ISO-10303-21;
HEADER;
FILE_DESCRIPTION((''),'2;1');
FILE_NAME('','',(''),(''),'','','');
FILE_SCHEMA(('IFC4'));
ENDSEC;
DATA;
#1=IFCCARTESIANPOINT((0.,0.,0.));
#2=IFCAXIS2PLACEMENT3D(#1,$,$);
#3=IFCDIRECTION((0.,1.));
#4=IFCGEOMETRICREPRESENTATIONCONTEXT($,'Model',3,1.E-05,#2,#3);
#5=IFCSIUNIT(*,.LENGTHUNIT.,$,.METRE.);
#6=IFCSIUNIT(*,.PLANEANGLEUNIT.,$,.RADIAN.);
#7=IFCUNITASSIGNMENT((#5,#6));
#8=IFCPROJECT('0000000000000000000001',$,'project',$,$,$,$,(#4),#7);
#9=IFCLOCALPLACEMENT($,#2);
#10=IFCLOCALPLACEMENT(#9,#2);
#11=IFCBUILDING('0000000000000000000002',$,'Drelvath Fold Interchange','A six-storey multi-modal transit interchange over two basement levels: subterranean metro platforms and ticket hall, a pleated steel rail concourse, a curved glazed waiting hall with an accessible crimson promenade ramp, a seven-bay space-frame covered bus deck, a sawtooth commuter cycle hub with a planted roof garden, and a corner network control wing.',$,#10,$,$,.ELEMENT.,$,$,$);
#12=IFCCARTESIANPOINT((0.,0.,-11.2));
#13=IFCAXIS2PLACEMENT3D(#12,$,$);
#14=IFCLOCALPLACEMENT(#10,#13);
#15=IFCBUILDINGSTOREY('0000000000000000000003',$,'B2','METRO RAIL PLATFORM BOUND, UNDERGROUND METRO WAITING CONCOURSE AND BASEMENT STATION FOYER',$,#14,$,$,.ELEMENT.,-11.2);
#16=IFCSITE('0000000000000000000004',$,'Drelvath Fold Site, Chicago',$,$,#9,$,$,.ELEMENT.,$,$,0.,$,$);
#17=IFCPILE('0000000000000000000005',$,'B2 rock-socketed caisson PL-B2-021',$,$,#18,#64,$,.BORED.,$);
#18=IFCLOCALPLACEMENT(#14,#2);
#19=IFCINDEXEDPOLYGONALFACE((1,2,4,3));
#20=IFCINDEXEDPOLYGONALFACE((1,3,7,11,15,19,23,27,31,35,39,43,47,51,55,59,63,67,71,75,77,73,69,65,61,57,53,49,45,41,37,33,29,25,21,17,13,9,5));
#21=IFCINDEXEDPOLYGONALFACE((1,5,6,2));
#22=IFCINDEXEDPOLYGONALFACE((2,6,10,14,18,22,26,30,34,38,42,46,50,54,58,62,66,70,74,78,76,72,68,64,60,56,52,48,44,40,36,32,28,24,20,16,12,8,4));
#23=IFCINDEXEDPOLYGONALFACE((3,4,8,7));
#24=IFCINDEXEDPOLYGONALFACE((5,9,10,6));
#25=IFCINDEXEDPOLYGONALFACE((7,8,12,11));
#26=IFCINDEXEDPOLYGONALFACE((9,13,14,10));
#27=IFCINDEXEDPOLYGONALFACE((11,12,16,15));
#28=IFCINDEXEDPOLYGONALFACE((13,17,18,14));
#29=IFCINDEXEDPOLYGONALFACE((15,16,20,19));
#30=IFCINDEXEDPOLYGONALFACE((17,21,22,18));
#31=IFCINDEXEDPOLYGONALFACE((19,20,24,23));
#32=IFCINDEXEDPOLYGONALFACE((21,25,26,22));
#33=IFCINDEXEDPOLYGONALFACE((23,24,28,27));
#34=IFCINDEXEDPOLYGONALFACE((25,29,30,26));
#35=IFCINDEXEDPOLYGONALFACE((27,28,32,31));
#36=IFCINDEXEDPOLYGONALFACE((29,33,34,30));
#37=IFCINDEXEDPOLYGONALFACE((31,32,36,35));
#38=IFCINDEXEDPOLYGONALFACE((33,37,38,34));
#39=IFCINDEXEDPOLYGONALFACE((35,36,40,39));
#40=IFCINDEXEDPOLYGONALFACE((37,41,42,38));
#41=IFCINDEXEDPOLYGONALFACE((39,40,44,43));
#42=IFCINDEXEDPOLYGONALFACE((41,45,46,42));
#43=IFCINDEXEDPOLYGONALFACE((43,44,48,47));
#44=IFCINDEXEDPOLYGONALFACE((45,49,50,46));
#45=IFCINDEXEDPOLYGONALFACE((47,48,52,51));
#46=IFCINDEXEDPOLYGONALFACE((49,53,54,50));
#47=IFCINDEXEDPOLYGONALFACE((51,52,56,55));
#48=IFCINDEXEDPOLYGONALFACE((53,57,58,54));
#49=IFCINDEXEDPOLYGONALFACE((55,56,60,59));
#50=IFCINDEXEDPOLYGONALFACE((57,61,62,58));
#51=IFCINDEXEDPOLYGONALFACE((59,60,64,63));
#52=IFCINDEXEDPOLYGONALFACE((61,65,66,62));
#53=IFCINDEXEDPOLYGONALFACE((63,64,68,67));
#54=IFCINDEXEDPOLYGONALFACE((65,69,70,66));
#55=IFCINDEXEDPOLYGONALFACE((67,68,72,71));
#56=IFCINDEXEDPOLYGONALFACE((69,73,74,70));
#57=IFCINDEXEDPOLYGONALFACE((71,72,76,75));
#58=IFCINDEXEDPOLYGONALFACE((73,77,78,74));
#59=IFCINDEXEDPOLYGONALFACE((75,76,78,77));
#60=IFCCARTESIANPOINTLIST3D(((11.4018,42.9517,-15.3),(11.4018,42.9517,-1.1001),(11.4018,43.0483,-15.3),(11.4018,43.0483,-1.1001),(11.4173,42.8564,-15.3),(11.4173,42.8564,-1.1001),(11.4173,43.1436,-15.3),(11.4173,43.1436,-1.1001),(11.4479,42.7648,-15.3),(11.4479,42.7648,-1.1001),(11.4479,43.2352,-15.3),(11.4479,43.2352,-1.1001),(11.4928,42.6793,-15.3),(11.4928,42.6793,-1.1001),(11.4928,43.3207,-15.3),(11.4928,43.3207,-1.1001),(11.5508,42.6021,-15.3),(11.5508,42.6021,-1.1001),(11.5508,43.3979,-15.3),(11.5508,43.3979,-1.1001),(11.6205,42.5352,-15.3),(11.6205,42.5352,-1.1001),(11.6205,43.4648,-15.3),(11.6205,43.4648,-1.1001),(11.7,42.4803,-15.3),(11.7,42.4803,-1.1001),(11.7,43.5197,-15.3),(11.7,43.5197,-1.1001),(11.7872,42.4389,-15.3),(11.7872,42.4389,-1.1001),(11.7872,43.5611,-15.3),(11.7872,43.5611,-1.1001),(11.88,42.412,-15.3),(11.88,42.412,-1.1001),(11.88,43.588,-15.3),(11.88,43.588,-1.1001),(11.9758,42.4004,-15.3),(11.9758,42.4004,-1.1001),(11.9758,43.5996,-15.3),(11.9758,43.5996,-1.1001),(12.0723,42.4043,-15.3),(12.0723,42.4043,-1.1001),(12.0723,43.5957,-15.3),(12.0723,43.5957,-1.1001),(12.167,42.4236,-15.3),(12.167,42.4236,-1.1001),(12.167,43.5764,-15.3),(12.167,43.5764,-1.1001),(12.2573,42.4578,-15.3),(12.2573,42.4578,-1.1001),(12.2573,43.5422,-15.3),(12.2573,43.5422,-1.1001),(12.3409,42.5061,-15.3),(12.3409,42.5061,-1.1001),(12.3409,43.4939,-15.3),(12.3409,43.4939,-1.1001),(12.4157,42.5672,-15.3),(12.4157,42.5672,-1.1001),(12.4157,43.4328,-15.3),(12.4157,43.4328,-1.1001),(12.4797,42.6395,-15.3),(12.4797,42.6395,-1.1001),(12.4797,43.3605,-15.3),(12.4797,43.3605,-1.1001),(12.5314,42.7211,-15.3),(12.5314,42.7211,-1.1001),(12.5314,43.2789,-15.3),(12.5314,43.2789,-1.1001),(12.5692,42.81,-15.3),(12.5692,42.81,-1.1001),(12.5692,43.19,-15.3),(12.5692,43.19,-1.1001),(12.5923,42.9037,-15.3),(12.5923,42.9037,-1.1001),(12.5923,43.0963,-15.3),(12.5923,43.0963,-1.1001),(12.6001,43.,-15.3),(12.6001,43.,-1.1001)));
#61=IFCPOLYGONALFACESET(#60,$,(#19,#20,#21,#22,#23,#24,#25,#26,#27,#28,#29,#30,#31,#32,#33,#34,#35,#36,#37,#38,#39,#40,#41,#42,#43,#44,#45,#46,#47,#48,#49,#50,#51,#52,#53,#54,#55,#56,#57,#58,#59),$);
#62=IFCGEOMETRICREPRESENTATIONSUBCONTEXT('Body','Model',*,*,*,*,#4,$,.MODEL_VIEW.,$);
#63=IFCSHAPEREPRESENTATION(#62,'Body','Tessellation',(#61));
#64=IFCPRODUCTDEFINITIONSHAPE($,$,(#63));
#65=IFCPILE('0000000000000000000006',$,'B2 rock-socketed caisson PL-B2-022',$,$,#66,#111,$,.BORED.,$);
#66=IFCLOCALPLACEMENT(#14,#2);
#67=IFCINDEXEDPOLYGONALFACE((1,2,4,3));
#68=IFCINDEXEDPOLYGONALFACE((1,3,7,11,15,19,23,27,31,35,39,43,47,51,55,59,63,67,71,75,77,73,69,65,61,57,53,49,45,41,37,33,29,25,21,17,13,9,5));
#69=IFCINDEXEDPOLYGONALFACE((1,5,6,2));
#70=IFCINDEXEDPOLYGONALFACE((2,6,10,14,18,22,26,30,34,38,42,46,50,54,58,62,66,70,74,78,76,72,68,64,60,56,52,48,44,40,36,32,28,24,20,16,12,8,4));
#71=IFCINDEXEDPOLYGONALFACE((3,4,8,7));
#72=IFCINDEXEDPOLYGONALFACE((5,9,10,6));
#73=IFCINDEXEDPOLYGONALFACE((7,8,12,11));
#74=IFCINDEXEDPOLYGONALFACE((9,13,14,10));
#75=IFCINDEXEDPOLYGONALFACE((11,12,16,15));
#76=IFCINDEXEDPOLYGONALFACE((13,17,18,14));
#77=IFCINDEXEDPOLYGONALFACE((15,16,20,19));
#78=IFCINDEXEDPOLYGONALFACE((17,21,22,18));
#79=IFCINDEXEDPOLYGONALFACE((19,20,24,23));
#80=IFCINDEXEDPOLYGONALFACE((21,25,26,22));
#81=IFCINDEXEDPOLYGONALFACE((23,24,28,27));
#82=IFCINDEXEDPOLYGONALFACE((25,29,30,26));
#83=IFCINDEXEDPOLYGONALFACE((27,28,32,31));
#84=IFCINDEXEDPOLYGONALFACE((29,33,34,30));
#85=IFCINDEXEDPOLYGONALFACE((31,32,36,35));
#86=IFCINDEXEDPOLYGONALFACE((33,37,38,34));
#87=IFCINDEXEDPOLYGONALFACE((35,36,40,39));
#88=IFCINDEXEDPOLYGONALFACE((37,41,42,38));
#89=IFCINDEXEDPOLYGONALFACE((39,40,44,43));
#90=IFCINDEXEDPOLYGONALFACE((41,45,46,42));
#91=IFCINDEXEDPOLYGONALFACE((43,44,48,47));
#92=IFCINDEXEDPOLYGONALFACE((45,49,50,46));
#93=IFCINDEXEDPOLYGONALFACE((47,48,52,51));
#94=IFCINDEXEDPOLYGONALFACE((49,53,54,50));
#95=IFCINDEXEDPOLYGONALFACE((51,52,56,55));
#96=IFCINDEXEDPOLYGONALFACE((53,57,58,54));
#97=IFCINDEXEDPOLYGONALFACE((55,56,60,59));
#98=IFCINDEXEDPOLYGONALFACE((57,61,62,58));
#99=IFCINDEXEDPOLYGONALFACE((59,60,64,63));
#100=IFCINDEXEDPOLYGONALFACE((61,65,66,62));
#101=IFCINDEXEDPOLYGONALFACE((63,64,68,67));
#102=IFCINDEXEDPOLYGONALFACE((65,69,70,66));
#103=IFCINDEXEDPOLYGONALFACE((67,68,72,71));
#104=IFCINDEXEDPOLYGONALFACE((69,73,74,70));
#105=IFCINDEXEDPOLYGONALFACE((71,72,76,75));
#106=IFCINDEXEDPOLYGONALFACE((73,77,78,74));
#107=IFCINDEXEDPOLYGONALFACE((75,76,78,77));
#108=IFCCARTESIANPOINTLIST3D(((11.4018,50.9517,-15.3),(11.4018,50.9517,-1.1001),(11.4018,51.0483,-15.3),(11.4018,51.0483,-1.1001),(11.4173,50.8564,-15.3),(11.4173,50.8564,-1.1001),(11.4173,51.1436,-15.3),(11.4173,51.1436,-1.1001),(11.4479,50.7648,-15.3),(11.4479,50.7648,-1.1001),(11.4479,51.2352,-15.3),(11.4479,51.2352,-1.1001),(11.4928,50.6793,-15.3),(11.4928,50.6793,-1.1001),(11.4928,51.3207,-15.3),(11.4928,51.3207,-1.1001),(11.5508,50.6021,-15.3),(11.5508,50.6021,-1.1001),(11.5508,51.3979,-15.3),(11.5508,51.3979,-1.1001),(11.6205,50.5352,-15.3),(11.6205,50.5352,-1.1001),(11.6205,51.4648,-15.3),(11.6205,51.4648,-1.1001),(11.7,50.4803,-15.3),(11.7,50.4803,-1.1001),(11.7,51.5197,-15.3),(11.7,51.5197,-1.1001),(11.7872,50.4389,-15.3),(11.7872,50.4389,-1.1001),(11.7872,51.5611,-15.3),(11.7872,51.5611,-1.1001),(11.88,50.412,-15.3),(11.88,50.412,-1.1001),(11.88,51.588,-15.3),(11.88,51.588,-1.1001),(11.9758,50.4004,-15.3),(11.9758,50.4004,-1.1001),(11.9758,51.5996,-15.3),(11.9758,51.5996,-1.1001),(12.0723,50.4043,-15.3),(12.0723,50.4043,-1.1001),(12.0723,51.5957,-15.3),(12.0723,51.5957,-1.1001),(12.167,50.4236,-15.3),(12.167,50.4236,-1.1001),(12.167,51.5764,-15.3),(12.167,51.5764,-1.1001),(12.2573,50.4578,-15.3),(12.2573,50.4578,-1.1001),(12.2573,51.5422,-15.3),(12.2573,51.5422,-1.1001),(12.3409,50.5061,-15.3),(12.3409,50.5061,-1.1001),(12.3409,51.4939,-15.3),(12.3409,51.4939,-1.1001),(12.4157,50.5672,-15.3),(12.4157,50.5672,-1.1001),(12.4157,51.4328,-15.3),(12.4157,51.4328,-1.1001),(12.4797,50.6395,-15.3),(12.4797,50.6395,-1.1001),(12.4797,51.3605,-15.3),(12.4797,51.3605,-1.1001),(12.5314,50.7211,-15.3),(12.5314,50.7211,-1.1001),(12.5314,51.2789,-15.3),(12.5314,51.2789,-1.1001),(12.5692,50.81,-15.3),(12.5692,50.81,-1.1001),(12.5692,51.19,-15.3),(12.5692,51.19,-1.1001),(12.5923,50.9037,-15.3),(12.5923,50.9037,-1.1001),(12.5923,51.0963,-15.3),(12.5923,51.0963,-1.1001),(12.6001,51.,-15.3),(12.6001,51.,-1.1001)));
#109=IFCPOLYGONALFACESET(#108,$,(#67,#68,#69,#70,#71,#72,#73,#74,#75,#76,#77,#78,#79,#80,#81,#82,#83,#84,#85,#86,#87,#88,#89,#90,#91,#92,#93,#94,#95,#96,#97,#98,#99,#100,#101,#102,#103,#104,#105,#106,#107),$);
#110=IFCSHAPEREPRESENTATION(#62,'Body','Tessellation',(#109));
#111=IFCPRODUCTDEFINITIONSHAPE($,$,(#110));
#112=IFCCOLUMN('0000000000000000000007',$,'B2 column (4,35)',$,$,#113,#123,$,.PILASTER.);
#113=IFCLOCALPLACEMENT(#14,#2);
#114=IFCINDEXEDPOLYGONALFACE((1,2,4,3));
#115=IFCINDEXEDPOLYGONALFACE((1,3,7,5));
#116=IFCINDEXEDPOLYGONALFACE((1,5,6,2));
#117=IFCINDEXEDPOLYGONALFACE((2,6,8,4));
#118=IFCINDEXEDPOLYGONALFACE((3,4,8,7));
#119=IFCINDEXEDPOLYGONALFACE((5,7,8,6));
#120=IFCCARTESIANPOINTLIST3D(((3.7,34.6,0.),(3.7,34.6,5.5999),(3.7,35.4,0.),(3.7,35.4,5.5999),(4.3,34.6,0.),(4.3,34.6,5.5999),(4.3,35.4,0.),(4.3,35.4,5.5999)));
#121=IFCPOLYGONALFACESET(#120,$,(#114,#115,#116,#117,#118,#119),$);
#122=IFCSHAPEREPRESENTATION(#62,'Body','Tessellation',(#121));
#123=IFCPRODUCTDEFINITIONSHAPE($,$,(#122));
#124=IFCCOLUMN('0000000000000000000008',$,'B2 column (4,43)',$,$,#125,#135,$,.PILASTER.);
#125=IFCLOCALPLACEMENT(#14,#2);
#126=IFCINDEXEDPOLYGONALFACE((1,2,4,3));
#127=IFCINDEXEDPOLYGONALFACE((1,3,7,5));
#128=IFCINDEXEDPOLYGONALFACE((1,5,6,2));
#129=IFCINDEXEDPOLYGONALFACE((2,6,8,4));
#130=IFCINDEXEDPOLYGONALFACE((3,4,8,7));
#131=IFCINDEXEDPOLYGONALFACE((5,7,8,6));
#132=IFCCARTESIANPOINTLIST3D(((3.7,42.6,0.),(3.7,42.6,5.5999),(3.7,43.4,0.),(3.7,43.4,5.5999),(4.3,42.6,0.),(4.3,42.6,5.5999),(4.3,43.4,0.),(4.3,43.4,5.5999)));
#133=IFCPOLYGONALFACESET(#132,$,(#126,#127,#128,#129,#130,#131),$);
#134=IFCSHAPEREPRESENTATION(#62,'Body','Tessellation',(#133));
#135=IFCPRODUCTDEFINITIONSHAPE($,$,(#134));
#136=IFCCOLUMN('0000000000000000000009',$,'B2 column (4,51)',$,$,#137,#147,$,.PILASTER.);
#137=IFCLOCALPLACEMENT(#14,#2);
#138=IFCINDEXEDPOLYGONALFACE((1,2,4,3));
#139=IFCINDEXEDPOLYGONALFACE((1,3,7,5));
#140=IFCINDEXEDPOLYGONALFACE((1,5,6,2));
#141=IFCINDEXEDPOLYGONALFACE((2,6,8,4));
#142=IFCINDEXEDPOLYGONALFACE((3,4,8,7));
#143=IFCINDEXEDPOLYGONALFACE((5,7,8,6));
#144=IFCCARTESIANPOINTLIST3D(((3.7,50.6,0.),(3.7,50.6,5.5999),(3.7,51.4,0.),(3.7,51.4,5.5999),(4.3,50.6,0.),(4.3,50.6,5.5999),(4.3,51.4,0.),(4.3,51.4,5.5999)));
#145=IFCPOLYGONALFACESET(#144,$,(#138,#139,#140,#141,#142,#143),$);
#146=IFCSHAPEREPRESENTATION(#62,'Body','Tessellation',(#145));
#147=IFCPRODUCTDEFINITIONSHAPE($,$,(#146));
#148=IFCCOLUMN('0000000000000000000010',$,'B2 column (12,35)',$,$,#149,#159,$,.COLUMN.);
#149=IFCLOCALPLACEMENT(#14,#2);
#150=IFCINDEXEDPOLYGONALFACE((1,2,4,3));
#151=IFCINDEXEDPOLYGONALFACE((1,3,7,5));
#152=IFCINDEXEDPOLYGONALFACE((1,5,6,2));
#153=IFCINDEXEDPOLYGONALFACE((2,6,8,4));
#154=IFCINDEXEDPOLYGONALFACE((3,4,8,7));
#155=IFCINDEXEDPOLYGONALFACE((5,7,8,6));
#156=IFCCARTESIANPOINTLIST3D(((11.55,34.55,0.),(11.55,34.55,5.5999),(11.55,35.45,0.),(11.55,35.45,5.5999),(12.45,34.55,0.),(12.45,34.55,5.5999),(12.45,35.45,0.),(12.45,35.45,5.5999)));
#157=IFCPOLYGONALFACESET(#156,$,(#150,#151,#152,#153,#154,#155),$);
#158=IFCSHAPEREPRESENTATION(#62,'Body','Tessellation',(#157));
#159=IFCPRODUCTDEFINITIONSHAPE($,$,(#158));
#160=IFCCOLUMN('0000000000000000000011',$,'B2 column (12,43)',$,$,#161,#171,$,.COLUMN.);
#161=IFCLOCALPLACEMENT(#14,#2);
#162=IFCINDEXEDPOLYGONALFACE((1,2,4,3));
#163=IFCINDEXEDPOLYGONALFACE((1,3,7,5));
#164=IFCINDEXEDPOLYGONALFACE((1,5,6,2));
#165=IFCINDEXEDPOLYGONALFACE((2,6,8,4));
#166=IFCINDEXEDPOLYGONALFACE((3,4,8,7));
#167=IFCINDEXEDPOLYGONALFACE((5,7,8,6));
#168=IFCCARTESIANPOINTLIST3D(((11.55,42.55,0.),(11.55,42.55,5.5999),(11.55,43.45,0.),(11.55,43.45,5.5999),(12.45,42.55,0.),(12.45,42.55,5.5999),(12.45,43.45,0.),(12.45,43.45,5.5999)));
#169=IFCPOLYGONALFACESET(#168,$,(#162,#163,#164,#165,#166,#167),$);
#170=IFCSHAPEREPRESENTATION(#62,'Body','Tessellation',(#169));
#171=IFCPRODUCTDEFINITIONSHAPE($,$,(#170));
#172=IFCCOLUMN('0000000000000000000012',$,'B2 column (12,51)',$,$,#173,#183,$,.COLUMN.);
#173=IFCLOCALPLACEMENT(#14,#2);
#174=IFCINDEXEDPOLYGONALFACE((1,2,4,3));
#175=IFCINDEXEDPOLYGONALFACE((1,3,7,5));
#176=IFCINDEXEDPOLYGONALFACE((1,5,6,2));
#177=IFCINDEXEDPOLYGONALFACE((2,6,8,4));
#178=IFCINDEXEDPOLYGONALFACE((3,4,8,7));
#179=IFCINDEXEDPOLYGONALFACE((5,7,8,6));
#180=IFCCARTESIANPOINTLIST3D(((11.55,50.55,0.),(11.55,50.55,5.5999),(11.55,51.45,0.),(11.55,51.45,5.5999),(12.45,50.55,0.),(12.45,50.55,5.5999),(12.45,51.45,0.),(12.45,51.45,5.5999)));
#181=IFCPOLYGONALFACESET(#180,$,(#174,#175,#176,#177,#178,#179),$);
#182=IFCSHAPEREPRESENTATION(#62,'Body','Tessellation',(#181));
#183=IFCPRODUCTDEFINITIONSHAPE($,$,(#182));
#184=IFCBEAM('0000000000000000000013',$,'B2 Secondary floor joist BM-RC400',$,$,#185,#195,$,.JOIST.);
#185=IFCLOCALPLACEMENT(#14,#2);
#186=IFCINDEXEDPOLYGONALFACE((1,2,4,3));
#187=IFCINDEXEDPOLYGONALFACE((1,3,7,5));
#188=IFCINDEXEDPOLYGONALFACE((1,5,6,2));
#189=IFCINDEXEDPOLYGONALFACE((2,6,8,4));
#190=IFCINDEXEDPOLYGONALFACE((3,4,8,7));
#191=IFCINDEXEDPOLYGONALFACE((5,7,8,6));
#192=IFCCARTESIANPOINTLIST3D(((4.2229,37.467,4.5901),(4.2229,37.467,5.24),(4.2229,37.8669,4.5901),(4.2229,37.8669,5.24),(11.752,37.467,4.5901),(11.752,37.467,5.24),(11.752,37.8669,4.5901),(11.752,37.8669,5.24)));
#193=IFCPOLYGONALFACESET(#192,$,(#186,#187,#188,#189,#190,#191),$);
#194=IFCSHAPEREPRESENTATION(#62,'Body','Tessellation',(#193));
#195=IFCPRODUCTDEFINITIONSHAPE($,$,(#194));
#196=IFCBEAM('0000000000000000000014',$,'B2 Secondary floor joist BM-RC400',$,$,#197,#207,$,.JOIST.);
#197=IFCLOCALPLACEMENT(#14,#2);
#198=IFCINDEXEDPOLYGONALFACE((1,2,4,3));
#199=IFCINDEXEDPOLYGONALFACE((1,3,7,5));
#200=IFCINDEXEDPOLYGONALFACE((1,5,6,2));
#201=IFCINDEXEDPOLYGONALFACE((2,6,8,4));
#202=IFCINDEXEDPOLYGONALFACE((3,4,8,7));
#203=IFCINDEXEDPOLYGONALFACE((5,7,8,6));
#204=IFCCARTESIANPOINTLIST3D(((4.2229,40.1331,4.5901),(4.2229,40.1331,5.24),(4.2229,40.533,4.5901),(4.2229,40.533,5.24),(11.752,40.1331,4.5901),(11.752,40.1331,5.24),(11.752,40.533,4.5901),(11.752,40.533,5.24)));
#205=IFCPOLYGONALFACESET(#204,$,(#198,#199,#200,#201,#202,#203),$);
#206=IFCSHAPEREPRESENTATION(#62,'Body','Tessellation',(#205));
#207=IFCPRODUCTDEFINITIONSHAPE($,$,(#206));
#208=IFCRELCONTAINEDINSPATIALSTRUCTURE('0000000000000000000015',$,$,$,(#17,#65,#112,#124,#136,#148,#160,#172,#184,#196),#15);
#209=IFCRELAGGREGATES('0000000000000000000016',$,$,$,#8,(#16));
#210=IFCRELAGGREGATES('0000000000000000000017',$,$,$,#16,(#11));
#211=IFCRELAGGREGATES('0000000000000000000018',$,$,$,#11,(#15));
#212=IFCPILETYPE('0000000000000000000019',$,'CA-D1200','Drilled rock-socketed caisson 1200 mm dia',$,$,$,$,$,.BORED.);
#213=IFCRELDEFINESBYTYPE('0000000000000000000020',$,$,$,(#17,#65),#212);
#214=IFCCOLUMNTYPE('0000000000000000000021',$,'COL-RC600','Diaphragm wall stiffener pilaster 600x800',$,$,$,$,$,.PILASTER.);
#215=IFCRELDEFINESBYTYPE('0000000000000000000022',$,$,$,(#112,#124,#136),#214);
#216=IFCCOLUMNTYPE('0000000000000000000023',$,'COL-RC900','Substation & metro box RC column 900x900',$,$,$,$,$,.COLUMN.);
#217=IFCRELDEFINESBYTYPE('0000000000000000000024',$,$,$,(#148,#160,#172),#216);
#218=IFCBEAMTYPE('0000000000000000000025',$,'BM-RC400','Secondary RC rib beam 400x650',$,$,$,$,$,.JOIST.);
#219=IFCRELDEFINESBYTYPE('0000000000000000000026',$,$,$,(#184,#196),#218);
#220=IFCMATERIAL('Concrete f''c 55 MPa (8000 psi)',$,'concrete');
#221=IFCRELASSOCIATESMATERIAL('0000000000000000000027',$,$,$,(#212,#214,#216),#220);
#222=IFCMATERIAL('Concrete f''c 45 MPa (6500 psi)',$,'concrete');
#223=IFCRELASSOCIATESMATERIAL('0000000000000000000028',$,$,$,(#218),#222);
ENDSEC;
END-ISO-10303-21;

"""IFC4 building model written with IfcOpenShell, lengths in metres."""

from ifc_helpers import new_model, si_unit, direction, frame, origin, origin_2d, place, context, subcontext, project, spatial, rectangle, circle, extrude, material, material_profile, profile_set, type_object, element, save


model = new_model("IFC4")

# Units and contexts
model_context = context("Model", 3, precision=1e-05, world=origin(), true_north=direction((0.0, 1.0)))
body_context = subcontext(model_context, "Body", "Model", "MODEL_VIEW")
ifc_project = project(units=[si_unit("LENGTHUNIT", "METRE"), si_unit("PLANEANGLEUNIT", "RADIAN")], contexts=[model_context])

# Site, building, storey
site_placement = place(None, origin())
site = spatial("IfcSite", under=ifc_project, at=site_placement, Name="Drelvath Fold Site, Chicago", CompositionType="ELEMENT", RefElevation=0.0)
building_placement = place(site_placement, origin())
building = spatial("IfcBuilding", under=site, at=building_placement, Name="Drelvath Fold Interchange", Description="A six-storey multi-modal transit interchange over two basement levels: subterranean metro platforms and ticket hall, a pleated steel rail concourse, a curved glazed waiting hall with an accessible crimson promenade ramp, a seven-bay space-frame covered bus deck, a sawtooth commuter cycle hub with a planted roof garden, and a corner network control wing.", CompositionType="ELEMENT")
storey_placement = place(building_placement, frame((0.0, 0.0, -11.2)))
storey = spatial("IfcBuildingStorey", under=building, at=storey_placement, Name="B2", Description="METRO RAIL PLATFORM BOUND, UNDERGROUND METRO WAITING CONCOURSE AND BASEMENT STATION FOYER", CompositionType="ELEMENT", Elevation=-11.2)

# Piles
ifc_material_1 = material(Name="Concrete f'c 55 MPa (8000 psi)", Category="concrete")
ifc_material_profile_1 = material_profile(ifc_material_1, circle(Radius=0.6001, at=origin_2d()), Name="CAISSON D1200")
ifc_profile_set_1 = profile_set([ifc_material_profile_1], Name="Concrete f'c 55 MPa (8000 psi)")
pile_type = type_object("IfcPileType", Name="CA-D1200", Description="Drilled rock-socketed caisson 1200 mm dia", PredefinedType="BORED", material=ifc_profile_set_1)
for number, where, z_axis, x_axis, name in (
    (1, (12.0, 43.0, -1.1001), (0.0, 0.0, -1.0), (1.0, 0.0, 0.0), "B2 rock-socketed caisson PL-B2-021"),
    (2, (12.0, 51.0, -1.1001), (0.0, 0.0, -1.0), (1.0, 0.0, 0.0), "B2 rock-socketed caisson PL-B2-022"),
):
    element("IfcPile", number, at=place(storey_placement, frame(where, z_axis=z_axis, x_axis=x_axis)), inside=storey, type_object=pile_type, Name=name, PredefinedType="BORED", context=body_context, shape_type="SweptSolid", body=[
        extrude(circle(Radius=0.6001, at=origin_2d()), origin(), (0.0, 0.0, 1.0), 14.2),
    ])

# Columns
ifc_material_profile_2 = material_profile(ifc_material_1, rectangle(XDim=0.6001, YDim=0.8, at=origin_2d()), Name="RC 600x800")
ifc_profile_set_2 = profile_set([ifc_material_profile_2], Name="Concrete f'c 55 MPa (8000 psi)")
column_type_1 = type_object("IfcColumnType", Name="COL-RC600", Description="Diaphragm wall stiffener pilaster 600x800", PredefinedType="PILASTER", material=ifc_profile_set_2)
for number, where, z_axis, x_axis, name in (
    (3, (4.0, 35.0, 0.0), (0.0, 0.0, 1.0), (1.0, 0.0, 0.0), "B2 column (4,35)"),
    (4, (4.0, 43.0, 0.0), (0.0, 0.0, 1.0), (1.0, 0.0, 0.0), "B2 column (4,43)"),
    (5, (4.0, 51.0, 0.0), (0.0, 0.0, 1.0), (1.0, 0.0, 0.0), "B2 column (4,51)"),
):
    element("IfcColumn", number, at=place(storey_placement, frame(where, z_axis=z_axis, x_axis=x_axis)), inside=storey, type_object=column_type_1, Name=name, PredefinedType="PILASTER", context=body_context, shape_type="SweptSolid", body=[
        extrude(rectangle(XDim=0.6001, YDim=0.8, at=origin_2d()), origin(), (0.0, 0.0, 1.0), 5.5999),
    ])
ifc_material_profile_3 = material_profile(ifc_material_1, rectangle(XDim=0.8999, YDim=0.8999, at=origin_2d()), Name="RC 900x900")
ifc_profile_set_3 = profile_set([ifc_material_profile_3], Name="Concrete f'c 55 MPa (8000 psi)")
column_type_2 = type_object("IfcColumnType", Name="COL-RC900", Description="Substation & metro box RC column 900x900", PredefinedType="COLUMN", material=ifc_profile_set_3)
for number, where, z_axis, x_axis, name in (
    (6, (12.0, 35.0, 0.0), (0.0, 0.0, 1.0), (1.0, 0.0, 0.0), "B2 column (12,35)"),
    (7, (12.0, 43.0, 0.0), (0.0, 0.0, 1.0), (1.0, 0.0, 0.0), "B2 column (12,43)"),
    (8, (12.0, 51.0, 0.0), (0.0, 0.0, 1.0), (1.0, 0.0, 0.0), "B2 column (12,51)"),
):
    element("IfcColumn", number, at=place(storey_placement, frame(where, z_axis=z_axis, x_axis=x_axis)), inside=storey, type_object=column_type_2, Name=name, PredefinedType="COLUMN", context=body_context, shape_type="SweptSolid", body=[
        extrude(rectangle(XDim=0.8999, YDim=0.8999, at=origin_2d()), origin(), (0.0, 0.0, 1.0), 5.5999),
    ])

# Beams
ifc_material_2 = material(Name="Concrete f'c 45 MPa (6500 psi)", Category="concrete")
ifc_material_profile_4 = material_profile(ifc_material_2, rectangle(XDim=0.3999, YDim=0.6499, at=origin_2d()), Name="RC 400x650")
ifc_profile_set_4 = profile_set([ifc_material_profile_4], Name="Concrete f'c 45 MPa (6500 psi)")
beam_type_1 = type_object("IfcBeamType", Name="BM-RC400", Description="Secondary RC rib beam 400x650", PredefinedType="JOIST", material=ifc_profile_set_4)
for number, where, z_axis, x_axis, name in (
    (9, (4.2229, 37.667, 4.915), (1.0, 0.0, 0.0), (0.0, 1.0, 0.0), "B2 Secondary floor joist BM-RC400"),
    (10, (4.2229, 40.333, 4.915), (1.0, 0.0, 0.0), (0.0, 1.0, 0.0), "B2 Secondary floor joist BM-RC400"),
):
    element("IfcBeam", number, at=place(storey_placement, frame(where, z_axis=z_axis, x_axis=x_axis)), inside=storey, type_object=beam_type_1, Name=name, PredefinedType="JOIST", context=body_context, shape_type="SweptSolid", body=[
        extrude(rectangle(XDim=0.3999, YDim=0.6499, at=origin_2d()), origin(), (0.0, 0.0, 1.0), 7.5291),
    ])

save(model, "model.ifc")
